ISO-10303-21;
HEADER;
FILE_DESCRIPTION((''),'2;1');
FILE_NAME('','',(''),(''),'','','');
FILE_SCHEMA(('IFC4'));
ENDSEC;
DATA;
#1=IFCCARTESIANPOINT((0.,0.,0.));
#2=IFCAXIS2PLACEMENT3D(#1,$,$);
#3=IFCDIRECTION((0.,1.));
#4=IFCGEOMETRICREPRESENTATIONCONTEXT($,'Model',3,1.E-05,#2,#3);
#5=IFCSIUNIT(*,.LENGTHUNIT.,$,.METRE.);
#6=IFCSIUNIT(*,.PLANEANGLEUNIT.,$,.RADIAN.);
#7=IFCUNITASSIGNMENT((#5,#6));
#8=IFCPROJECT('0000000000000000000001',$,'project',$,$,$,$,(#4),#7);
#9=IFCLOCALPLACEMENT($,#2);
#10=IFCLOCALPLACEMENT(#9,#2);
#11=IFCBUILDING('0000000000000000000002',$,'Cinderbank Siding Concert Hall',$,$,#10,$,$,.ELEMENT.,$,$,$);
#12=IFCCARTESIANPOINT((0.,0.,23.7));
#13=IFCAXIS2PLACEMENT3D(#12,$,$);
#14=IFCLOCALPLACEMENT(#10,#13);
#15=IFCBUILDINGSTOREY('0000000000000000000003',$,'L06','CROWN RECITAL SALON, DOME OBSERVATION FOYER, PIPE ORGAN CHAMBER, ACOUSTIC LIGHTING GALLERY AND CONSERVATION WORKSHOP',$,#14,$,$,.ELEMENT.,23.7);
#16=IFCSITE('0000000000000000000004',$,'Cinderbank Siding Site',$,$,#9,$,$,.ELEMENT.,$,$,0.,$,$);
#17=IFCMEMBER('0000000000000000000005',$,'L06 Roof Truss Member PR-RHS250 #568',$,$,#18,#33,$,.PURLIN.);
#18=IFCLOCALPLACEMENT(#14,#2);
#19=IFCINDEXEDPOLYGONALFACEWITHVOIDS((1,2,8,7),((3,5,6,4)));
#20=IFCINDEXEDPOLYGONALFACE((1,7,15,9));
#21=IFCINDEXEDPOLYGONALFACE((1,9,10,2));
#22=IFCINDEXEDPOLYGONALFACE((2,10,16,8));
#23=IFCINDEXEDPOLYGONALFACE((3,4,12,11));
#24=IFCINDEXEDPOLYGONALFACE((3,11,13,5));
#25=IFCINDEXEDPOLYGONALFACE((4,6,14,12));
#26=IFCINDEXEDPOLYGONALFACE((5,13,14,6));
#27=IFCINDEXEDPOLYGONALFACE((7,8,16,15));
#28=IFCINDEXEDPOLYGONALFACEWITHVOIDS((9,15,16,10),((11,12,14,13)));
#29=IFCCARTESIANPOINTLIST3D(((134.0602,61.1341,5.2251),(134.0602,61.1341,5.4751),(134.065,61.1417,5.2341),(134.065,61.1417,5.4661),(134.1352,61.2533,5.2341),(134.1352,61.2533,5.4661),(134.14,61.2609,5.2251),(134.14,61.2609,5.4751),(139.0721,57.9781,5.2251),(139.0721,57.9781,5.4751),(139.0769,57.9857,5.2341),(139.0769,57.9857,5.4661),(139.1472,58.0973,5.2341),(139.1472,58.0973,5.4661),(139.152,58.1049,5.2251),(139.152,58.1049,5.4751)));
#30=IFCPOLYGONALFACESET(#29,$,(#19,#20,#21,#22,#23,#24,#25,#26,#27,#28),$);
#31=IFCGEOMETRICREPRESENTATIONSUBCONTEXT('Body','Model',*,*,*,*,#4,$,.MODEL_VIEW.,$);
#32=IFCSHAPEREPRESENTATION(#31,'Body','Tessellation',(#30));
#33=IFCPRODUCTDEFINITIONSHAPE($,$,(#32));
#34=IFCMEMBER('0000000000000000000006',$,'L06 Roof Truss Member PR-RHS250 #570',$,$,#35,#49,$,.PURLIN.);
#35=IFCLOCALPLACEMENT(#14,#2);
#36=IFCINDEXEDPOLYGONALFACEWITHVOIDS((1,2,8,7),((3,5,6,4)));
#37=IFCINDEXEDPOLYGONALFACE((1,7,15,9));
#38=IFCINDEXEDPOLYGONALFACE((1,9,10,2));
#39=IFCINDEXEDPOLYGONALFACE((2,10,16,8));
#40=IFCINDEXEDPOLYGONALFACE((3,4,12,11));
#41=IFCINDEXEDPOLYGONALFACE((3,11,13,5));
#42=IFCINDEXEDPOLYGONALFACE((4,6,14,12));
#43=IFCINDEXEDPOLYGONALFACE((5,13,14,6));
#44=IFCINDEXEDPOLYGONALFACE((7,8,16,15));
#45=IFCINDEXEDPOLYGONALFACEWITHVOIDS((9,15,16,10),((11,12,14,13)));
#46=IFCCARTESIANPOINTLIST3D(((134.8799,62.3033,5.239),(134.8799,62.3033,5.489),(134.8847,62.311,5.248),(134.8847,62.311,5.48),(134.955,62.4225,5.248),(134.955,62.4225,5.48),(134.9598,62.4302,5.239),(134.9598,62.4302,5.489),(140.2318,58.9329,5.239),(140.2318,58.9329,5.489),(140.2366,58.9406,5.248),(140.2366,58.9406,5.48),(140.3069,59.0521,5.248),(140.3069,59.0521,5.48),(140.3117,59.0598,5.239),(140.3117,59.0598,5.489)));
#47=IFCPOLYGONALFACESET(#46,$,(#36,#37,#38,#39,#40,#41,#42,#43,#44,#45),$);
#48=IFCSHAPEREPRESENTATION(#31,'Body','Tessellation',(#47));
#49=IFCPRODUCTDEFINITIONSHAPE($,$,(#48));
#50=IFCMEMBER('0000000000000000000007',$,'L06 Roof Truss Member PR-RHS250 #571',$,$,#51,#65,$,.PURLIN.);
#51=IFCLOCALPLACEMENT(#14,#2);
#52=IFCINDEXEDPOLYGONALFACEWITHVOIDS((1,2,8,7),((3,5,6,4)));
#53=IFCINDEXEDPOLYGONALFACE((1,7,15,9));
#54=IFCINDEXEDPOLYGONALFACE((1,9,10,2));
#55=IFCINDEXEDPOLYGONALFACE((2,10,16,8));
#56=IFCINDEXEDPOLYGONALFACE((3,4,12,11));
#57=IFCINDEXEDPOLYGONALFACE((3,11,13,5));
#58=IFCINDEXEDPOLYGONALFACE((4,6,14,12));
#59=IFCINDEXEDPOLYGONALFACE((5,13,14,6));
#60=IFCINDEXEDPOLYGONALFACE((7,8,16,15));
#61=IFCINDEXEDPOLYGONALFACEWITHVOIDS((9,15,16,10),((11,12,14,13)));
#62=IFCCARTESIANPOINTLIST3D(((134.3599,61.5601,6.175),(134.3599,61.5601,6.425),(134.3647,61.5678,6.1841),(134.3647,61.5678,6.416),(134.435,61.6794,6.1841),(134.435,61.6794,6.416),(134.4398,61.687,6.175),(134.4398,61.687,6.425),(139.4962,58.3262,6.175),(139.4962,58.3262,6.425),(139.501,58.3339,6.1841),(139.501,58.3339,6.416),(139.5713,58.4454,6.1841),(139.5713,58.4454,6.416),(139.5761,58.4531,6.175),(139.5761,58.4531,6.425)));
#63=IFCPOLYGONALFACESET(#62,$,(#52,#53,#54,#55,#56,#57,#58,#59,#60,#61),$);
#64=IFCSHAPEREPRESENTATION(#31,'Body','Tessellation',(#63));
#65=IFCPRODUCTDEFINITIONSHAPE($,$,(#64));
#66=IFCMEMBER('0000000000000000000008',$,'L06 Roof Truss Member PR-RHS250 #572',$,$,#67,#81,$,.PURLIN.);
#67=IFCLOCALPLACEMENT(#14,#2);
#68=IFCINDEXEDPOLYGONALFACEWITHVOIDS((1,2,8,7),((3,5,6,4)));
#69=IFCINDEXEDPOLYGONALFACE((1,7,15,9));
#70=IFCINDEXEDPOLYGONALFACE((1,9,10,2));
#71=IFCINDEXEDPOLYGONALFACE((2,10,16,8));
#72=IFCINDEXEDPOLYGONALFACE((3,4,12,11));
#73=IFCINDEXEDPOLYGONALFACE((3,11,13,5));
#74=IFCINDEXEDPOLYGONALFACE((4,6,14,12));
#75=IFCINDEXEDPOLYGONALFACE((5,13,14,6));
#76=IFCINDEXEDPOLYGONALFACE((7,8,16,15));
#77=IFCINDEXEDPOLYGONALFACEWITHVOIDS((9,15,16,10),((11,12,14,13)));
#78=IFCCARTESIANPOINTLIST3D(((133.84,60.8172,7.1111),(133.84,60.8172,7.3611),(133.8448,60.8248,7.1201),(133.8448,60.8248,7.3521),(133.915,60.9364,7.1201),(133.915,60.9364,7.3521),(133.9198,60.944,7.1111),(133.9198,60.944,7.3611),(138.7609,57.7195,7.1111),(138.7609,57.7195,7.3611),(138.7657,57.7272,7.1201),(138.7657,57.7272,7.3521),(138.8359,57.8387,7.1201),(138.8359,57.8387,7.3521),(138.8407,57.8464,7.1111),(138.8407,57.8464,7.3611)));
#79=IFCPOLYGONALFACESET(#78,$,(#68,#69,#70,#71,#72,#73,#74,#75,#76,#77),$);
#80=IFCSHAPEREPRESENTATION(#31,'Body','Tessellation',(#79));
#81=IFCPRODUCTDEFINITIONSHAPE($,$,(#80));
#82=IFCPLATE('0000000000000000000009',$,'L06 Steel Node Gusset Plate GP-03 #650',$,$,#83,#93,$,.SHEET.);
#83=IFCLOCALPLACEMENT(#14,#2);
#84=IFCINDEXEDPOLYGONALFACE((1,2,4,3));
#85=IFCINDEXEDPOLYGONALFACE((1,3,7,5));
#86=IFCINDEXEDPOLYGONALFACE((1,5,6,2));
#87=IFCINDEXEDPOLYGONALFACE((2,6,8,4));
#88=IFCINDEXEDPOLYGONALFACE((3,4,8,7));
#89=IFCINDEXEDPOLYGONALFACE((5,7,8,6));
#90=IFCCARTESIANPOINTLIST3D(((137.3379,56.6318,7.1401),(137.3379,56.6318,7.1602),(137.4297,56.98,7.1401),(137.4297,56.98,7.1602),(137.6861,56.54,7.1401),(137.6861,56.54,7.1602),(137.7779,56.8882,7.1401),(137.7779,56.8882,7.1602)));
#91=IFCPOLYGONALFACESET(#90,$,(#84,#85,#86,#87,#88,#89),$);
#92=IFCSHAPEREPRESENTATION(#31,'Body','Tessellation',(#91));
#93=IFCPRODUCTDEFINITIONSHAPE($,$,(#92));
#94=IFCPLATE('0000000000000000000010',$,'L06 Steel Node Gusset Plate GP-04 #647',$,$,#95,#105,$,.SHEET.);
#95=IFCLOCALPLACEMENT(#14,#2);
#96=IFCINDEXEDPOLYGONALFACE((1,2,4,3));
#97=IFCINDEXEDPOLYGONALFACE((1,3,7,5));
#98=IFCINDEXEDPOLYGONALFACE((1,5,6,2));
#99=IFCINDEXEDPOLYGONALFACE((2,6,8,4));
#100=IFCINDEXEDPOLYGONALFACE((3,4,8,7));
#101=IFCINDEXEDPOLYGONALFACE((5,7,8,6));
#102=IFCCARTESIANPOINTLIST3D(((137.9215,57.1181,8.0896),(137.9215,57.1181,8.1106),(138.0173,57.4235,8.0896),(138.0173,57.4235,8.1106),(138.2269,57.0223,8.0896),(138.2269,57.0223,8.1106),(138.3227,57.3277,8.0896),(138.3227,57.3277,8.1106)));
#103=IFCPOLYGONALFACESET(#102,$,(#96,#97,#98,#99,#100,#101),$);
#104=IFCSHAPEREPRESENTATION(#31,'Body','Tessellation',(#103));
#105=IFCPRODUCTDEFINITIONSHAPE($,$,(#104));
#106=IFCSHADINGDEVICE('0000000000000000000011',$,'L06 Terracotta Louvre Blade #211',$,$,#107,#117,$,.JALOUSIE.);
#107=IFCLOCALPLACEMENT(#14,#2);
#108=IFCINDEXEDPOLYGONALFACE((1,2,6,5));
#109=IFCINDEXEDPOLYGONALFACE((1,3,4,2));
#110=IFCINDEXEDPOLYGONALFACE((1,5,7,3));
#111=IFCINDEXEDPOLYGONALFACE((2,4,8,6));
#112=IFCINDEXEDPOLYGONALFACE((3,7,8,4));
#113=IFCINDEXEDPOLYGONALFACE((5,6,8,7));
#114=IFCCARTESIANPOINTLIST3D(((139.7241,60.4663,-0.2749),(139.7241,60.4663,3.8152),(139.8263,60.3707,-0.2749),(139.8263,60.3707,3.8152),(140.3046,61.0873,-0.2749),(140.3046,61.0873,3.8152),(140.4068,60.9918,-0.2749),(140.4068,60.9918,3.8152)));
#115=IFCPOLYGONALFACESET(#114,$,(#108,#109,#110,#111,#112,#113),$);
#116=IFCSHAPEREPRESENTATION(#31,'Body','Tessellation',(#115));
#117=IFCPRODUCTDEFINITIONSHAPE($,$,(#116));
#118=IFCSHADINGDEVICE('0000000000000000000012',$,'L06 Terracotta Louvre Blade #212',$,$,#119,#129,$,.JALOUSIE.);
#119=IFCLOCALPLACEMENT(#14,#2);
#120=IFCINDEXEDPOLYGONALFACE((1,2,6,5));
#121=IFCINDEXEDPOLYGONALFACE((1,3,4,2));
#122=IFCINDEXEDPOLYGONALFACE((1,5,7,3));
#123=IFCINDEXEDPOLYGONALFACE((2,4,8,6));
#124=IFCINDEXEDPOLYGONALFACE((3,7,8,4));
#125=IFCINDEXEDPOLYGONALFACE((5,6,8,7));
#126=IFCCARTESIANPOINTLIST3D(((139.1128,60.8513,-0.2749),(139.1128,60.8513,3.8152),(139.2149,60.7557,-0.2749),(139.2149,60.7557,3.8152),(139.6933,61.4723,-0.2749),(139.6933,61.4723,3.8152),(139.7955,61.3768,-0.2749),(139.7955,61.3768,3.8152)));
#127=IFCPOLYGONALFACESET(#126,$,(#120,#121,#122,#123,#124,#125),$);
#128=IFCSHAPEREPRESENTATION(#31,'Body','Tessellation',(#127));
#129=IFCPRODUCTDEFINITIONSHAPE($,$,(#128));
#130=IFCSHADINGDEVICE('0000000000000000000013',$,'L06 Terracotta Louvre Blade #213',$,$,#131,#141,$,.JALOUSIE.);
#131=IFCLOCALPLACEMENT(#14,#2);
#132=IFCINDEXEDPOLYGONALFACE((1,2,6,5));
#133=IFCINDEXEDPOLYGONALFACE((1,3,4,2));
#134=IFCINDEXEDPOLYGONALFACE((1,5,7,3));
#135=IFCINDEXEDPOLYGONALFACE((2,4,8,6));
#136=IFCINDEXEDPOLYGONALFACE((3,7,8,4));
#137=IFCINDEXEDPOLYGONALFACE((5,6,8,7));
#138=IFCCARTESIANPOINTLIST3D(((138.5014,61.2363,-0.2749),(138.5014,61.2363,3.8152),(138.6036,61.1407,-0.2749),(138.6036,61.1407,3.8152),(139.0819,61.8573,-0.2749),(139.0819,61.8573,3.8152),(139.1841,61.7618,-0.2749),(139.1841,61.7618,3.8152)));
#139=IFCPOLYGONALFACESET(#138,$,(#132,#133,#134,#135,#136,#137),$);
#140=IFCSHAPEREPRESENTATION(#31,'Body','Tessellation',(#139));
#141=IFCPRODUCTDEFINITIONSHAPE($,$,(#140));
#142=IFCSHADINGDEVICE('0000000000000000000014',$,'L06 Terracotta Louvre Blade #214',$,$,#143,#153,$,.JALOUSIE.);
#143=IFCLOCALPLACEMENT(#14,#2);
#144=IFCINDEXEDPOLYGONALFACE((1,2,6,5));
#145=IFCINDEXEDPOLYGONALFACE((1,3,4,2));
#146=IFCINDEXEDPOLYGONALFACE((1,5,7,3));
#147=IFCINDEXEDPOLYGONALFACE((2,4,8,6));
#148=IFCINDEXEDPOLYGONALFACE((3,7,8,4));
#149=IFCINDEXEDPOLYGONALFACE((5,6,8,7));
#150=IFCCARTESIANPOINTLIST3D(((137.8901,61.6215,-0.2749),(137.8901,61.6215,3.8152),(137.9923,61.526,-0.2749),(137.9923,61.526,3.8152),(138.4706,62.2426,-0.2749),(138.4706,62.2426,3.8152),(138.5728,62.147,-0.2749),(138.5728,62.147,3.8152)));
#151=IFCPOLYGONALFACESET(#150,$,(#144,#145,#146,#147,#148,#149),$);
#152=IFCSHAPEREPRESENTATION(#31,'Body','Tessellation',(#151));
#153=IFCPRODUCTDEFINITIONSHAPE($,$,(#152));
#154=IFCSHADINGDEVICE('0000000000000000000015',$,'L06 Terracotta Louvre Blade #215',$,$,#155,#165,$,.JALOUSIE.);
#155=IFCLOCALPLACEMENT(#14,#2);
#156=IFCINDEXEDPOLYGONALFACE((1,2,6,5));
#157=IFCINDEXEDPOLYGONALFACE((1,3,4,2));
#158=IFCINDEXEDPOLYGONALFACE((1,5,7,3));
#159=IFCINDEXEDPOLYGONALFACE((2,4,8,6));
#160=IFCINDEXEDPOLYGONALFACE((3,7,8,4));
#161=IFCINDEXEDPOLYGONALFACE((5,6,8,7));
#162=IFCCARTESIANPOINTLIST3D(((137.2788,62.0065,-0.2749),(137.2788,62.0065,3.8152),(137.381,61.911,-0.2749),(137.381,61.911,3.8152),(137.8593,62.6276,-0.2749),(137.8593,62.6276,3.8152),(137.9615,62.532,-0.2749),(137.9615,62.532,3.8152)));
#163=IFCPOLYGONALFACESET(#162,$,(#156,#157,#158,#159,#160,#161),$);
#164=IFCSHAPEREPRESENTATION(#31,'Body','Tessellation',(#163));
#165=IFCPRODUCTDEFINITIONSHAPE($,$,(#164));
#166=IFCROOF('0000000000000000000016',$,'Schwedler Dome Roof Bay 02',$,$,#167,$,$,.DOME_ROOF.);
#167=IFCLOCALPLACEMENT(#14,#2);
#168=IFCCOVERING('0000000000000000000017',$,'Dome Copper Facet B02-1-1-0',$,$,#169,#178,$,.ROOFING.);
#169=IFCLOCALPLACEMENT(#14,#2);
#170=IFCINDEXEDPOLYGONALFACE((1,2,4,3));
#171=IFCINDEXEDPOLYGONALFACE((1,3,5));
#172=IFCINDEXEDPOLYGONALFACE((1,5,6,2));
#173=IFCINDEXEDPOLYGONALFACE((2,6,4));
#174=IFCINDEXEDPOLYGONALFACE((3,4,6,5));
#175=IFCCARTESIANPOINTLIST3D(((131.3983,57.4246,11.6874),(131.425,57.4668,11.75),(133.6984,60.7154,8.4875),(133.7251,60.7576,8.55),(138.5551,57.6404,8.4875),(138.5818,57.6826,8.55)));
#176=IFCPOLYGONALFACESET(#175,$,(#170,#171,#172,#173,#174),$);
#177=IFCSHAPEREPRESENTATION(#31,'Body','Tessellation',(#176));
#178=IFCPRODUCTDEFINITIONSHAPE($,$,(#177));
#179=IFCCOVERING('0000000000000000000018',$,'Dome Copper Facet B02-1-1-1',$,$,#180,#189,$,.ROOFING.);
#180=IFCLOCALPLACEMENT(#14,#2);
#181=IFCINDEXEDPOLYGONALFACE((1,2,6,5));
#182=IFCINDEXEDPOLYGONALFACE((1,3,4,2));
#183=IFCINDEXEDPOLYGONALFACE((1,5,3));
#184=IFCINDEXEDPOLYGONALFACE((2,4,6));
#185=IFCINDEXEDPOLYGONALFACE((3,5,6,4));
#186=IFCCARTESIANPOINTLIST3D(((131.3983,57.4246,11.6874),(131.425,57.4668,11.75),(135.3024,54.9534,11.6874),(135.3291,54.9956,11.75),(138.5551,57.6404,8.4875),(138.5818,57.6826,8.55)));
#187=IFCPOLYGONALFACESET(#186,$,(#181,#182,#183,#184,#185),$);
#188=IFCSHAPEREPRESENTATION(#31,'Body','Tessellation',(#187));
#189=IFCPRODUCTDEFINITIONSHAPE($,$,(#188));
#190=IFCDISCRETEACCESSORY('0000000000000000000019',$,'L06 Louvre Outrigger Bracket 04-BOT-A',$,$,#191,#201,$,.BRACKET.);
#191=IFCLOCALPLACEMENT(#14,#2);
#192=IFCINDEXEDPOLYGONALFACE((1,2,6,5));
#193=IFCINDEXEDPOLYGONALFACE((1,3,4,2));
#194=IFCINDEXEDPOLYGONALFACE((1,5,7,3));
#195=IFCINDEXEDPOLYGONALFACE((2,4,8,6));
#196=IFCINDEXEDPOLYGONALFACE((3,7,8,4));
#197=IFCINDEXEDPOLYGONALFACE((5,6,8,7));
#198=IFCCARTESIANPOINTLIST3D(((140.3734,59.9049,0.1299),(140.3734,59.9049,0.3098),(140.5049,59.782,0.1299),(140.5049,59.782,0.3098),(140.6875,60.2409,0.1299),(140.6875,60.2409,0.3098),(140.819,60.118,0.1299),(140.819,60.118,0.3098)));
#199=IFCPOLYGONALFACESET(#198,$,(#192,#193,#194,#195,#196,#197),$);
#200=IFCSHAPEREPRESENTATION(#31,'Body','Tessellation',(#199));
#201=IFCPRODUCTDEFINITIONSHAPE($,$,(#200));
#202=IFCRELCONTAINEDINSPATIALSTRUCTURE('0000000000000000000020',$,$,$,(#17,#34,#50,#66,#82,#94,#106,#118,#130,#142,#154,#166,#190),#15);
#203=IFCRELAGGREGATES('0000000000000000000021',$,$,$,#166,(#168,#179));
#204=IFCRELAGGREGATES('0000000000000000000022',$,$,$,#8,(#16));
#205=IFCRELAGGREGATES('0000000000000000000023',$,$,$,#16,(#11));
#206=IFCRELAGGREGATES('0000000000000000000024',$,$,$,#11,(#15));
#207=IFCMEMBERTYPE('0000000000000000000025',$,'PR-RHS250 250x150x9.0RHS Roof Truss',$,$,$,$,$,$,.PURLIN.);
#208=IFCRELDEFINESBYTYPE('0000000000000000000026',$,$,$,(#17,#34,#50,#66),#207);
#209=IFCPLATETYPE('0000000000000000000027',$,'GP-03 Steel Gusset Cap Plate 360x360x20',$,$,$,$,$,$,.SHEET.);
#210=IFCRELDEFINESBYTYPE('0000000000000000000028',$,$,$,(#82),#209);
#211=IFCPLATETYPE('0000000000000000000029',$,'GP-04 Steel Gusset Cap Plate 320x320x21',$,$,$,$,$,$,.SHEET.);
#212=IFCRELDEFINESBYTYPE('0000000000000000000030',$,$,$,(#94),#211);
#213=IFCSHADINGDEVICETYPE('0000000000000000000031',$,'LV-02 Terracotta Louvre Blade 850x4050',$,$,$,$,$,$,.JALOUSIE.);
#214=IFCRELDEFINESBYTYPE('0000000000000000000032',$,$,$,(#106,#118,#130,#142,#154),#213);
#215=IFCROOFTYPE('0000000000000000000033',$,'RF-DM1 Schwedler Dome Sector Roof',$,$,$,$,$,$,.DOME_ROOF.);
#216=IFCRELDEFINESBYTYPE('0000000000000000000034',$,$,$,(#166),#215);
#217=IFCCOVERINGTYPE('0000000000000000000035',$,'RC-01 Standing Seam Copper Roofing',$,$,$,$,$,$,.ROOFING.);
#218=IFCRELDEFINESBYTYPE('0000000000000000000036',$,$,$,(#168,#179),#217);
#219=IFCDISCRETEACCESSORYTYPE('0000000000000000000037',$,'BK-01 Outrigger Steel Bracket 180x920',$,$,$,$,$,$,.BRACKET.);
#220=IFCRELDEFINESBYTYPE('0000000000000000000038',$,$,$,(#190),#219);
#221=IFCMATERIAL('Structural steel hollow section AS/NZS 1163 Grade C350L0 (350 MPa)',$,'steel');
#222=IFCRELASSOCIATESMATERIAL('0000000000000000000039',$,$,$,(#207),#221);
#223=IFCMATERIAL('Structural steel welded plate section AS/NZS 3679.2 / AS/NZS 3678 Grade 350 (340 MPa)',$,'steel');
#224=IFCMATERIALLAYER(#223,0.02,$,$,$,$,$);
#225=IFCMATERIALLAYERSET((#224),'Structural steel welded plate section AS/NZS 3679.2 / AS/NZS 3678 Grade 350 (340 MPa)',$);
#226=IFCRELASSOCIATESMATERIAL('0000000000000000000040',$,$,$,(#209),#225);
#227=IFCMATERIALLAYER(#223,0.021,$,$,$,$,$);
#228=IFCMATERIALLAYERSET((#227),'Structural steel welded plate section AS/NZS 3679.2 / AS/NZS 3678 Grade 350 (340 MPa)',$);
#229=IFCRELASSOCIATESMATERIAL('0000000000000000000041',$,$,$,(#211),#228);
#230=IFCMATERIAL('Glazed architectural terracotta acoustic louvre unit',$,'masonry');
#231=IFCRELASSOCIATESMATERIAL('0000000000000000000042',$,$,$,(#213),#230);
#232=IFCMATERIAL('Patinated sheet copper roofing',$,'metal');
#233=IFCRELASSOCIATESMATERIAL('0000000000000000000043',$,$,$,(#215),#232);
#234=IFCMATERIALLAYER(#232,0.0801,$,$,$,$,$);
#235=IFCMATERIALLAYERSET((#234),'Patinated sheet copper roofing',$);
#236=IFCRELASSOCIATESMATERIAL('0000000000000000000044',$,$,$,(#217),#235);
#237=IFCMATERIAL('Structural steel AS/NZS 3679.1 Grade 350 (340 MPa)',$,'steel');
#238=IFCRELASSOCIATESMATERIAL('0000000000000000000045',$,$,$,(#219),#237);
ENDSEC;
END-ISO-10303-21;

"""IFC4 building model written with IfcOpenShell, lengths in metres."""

from ifc_helpers import new_model, si_unit, direction, frame, origin, origin_2d, place, context, subcontext, project, spatial, polyline, rectangle, hollow_rectangle, outline, extrude, material, layer, layer_set, material_profile, profile_set, type_object, element, aggregate, save


model = new_model("IFC4")

# Units and contexts
model_context = context("Model", 3, precision=1e-05, world=origin(), true_north=direction((0.0, 1.0)))
body_context = subcontext(model_context, "Body", "Model", "MODEL_VIEW")
ifc_project = project(units=[si_unit("LENGTHUNIT", "METRE"), si_unit("PLANEANGLEUNIT", "RADIAN")], contexts=[model_context])

# Site, building, storey
site_placement = place(None, origin())
site = spatial("IfcSite", under=ifc_project, at=site_placement, Name="Cinderbank Siding Site", CompositionType="ELEMENT", RefElevation=0.0)
building_placement = place(site_placement, origin())
building = spatial("IfcBuilding", under=site, at=building_placement, Name="Cinderbank Siding Concert Hall", CompositionType="ELEMENT")
storey_placement = place(building_placement, frame((0.0, 0.0, 23.7)))
storey = spatial("IfcBuildingStorey", under=building, at=storey_placement, Name="L06", Description="CROWN RECITAL SALON, DOME OBSERVATION FOYER, PIPE ORGAN CHAMBER, ACOUSTIC LIGHTING GALLERY AND CONSERVATION WORKSHOP", CompositionType="ELEMENT", Elevation=23.7)

# Shared definitions
ifc_material_1 = material(Name="Structural steel welded plate section AS/NZS 3679.2 / AS/NZS 3678 Grade 350 (340 MPa)", Category="steel")

# Members
ifc_material_2 = material(Name="Structural steel hollow section AS/NZS 1163 Grade C350L0 (350 MPa)", Category="steel")
ifc_material_profile_1 = material_profile(ifc_material_2, hollow_rectangle(XDim=0.1499, YDim=0.25, WallThickness=0.009, at=origin_2d()), Name="250x150x9.0RHS", Category="LoadBearing")
ifc_profile_set_1 = profile_set([ifc_material_profile_1], Name="Structural steel hollow section AS/NZS 1163 Grade C350L0 (350 MPa)")
member_type_1 = type_object("IfcMemberType", Name="PR-RHS250 250x150x9.0RHS Roof Truss", PredefinedType="PURLIN", material=ifc_profile_set_1)
member_1_placement = place(storey_placement, frame((139.1121, 58.0415, 5.3501), z_axis=(-0.846208, 0.532853, 0.0), x_axis=(-0.532853, -0.846208, 0.0)))
element("IfcMember", 1, at=member_1_placement, inside=storey, type_object=member_type_1, Name="L06 Roof Truss Member PR-RHS250 #568", PredefinedType="PURLIN", context=body_context, shape_type="SweptSolid", body=[
    extrude(hollow_rectangle(XDim=0.1499, YDim=0.25, WallThickness=0.009, at=origin_2d()), origin(), (0.0, 0.0, 1.0), 5.9229),
])
member_2_placement = place(storey_placement, frame((140.2717, 58.9963, 5.364), z_axis=(-0.846183, 0.532893, 0.0), x_axis=(-0.532893, -0.846183, 0.0)))
element("IfcMember", 2, at=member_2_placement, inside=storey, type_object=member_type_1, Name="L06 Roof Truss Member PR-RHS250 #570", PredefinedType="PURLIN", context=body_context, shape_type="SweptSolid", body=[
    extrude(hollow_rectangle(XDim=0.1499, YDim=0.25, WallThickness=0.009, at=origin_2d()), origin(), (0.0, 0.0, 1.0), 6.3247),
])
member_3_placement = place(storey_placement, frame((139.5361, 58.3896, 6.3), z_axis=(-0.846236, 0.532809, 0.0), x_axis=(-0.532809, -0.846236, 0.0)))
element("IfcMember", 3, at=member_3_placement, inside=storey, type_object=member_type_1, Name="L06 Roof Truss Member PR-RHS250 #571", PredefinedType="PURLIN", context=body_context, shape_type="SweptSolid", body=[
    extrude(hollow_rectangle(XDim=0.1499, YDim=0.25, WallThickness=0.009, at=origin_2d()), origin(), (0.0, 0.0, 1.0), 6.0696),
])
member_4_placement = place(storey_placement, frame((138.8008, 57.783, 7.2361), z_axis=(-0.846286, 0.532729, 0.0), x_axis=(-0.532729, -0.846286, 0.0)))
element("IfcMember", 4, at=member_4_placement, inside=storey, type_object=member_type_1, Name="L06 Roof Truss Member PR-RHS250 #572", PredefinedType="PURLIN", context=body_context, shape_type="SweptSolid", body=[
    extrude(hollow_rectangle(XDim=0.1499, YDim=0.25, WallThickness=0.009, at=origin_2d()), origin(), (0.0, 0.0, 1.0), 5.8147),
])

# Plates
ifc_layer_1 = layer(ifc_material_1, 0.02)
ifc_layer_set_1 = layer_set([ifc_layer_1], Name="Structural steel welded plate section AS/NZS 3679.2 / AS/NZS 3678 Grade 350 (340 MPa)")
plate_type_1 = type_object("IfcPlateType", Name="GP-03 Steel Gusset Cap Plate 360x360x20", PredefinedType="SHEET", material=ifc_layer_set_1)
plate_1_placement = place(storey_placement, frame((137.5579, 56.76, 7.1401), z_axis=(0.0, 0.0, 1.0), x_axis=(-0.966957, 0.254939, 0.0)))
element("IfcPlate", 5, at=plate_1_placement, inside=storey, type_object=plate_type_1, Name="L06 Steel Node Gusset Plate GP-03 #650", PredefinedType="SHEET", context=body_context, shape_type="SweptSolid", body=[
    extrude(rectangle(XDim=0.3601, YDim=0.3601, at=origin_2d()), origin(), (0.0, 0.0, 1.0), 0.02),
])
ifc_layer_2 = layer(ifc_material_1, 0.021)
ifc_layer_set_2 = layer_set([ifc_layer_2], Name="Structural steel welded plate section AS/NZS 3679.2 / AS/NZS 3678 Grade 350 (340 MPa)")
plate_type_2 = type_object("IfcPlateType", Name="GP-04 Steel Gusset Cap Plate 320x320x21", PredefinedType="SHEET", material=ifc_layer_set_2)
plate_2_placement = place(storey_placement, frame((138.1221, 57.2229, 8.0896), z_axis=(0.0, 0.0, 1.0), x_axis=(-0.954188, 0.299207, 0.0)))
element("IfcPlate", 6, at=plate_2_placement, inside=storey, type_object=plate_type_2, Name="L06 Steel Node Gusset Plate GP-04 #647", PredefinedType="SHEET", context=body_context, shape_type="SweptSolid", body=[
    extrude(rectangle(XDim=0.3201, YDim=0.3201, at=origin_2d()), origin(), (0.0, 0.0, 1.0), 0.021),
])

# Shading devices
ifc_material_3 = material(Name="Glazed architectural terracotta acoustic louvre unit", Category="masonry")
shading_device_type = type_object("IfcShadingDeviceType", Name="LV-02 Terracotta Louvre Blade 850x4050", PredefinedType="JALOUSIE", material=ifc_material_3)
for number, where, z_axis, x_axis, name in (
    (7, (140.0654, 60.729, -0.2749), (0.0, 0.0, 1.0), (0.682869, 0.730541, 0.0), "L06 Terracotta Louvre Blade #211"),
    (8, (139.4541, 61.114, -0.2749), (0.0, 0.0, 1.0), (0.682869, 0.730541, 0.0), "L06 Terracotta Louvre Blade #212"),
    (9, (138.8428, 61.499, -0.2749), (0.0, 0.0, 1.0), (0.682869, 0.730541, 0.0), "L06 Terracotta Louvre Blade #213"),
    (10, (138.2314, 61.8843, -0.2749), (0.0, 0.0, 1.0), (0.682869, 0.730541, 0.0), "L06 Terracotta Louvre Blade #214"),
    (11, (137.6201, 62.2693, -0.2749), (0.0, 0.0, 1.0), (0.682869, 0.730541, 0.0), "L06 Terracotta Louvre Blade #215"),
):
    element("IfcShadingDevice", number, at=place(storey_placement, frame(where, z_axis=z_axis, x_axis=x_axis)), inside=storey, type_object=shading_device_type, Name=name, PredefinedType="JALOUSIE", context=body_context, shape_type="SweptSolid", body=[
        extrude(rectangle(XDim=0.8501, YDim=0.1399, at=origin_2d()), origin(), (0.0, 0.0, 1.0), 4.0901),
    ])

# Roof, coverings
ifc_material_4 = material(Name="Patinated sheet copper roofing", Category="metal")
roof_type = type_object("IfcRoofType", Name="RF-DM1 Schwedler Dome Sector Roof", PredefinedType="DOME_ROOF", material=ifc_material_4)
roof_placement = place(storey_placement, origin())
roof = element("IfcRoof", 12, at=roof_placement, inside=storey, type_object=roof_type, Name="Schwedler Dome Roof Bay 02", PredefinedType="DOME_ROOF")
ifc_layer_3 = layer(ifc_material_4, 0.0801)
ifc_layer_set_3 = layer_set([ifc_layer_3], Name="Patinated sheet copper roofing")
covering_type = type_object("IfcCoveringType", Name="RC-01 Standing Seam Copper Roofing", PredefinedType="ROOFING", material=ifc_layer_set_3)
covering_1_placement = place(storey_placement, frame((138.5818, 57.6826, 8.55), z_axis=(0.333622, 0.526934, 0.781689), x_axis=(-0.844894, 0.534934, 0.0)))
covering_1 = element("IfcCovering", 13, at=covering_1_placement, type_object=covering_type, Name="Dome Copper Facet B02-1-1-0", PredefinedType="ROOFING", context=body_context, shape_type="SweptSolid", body=[
    extrude(outline(polyline([(0.0, 0.0), (5.7483, 0.0), (5.9312, 5.1308), (0.0, 0.0)])), origin(), (0.0, 0.0, -1.0), 0.0801),
])
covering_2_placement = place(storey_placement, frame((138.5818, 57.6826, 8.55), z_axis=(0.333596, 0.527024, 0.781638), x_axis=(-0.912556, -0.027519, 0.408026)))
covering_2 = element("IfcCovering", 14, at=covering_2_placement, type_object=covering_type, Name="Dome Copper Facet B02-1-1-1", PredefinedType="ROOFING", context=body_context, shape_type="SweptSolid", body=[
    extrude(outline(polyline([(0.0, 0.0), (7.8425, 0.0), (4.3479, 3.0225), (0.0, 0.0)])), origin(), (0.0, 0.0, -1.0), 0.0801),
])
aggregate(roof, [covering_1, covering_2])

# Discrete accessory
ifc_material_5 = material(Name="Structural steel AS/NZS 3679.1 Grade 350 (340 MPa)", Category="steel")
discrete_accessory_type = type_object("IfcDiscreteAccessoryType", Name="BK-01 Outrigger Steel Bracket 180x920", PredefinedType="BRACKET", material=ifc_material_5)
for number, where, z_axis, x_axis, name in (
    (15, (140.5962, 60.0115, 0.1299), (0.0, 0.0, 1.0), (0.682869, 0.730541, 0.0), "L06 Louvre Outrigger Bracket 04-BOT-A"),
):
    element("IfcDiscreteAccessory", number, at=place(storey_placement, frame(where, z_axis=z_axis, x_axis=x_axis)), inside=storey, type_object=discrete_accessory_type, Name=name, PredefinedType="BRACKET", context=body_context, shape_type="SweptSolid", body=[
        extrude(rectangle(XDim=0.46, YDim=0.1799, at=origin_2d()), origin(), (0.0, 0.0, 1.0), 0.1799),
    ])

save(model, "model.ifc")
